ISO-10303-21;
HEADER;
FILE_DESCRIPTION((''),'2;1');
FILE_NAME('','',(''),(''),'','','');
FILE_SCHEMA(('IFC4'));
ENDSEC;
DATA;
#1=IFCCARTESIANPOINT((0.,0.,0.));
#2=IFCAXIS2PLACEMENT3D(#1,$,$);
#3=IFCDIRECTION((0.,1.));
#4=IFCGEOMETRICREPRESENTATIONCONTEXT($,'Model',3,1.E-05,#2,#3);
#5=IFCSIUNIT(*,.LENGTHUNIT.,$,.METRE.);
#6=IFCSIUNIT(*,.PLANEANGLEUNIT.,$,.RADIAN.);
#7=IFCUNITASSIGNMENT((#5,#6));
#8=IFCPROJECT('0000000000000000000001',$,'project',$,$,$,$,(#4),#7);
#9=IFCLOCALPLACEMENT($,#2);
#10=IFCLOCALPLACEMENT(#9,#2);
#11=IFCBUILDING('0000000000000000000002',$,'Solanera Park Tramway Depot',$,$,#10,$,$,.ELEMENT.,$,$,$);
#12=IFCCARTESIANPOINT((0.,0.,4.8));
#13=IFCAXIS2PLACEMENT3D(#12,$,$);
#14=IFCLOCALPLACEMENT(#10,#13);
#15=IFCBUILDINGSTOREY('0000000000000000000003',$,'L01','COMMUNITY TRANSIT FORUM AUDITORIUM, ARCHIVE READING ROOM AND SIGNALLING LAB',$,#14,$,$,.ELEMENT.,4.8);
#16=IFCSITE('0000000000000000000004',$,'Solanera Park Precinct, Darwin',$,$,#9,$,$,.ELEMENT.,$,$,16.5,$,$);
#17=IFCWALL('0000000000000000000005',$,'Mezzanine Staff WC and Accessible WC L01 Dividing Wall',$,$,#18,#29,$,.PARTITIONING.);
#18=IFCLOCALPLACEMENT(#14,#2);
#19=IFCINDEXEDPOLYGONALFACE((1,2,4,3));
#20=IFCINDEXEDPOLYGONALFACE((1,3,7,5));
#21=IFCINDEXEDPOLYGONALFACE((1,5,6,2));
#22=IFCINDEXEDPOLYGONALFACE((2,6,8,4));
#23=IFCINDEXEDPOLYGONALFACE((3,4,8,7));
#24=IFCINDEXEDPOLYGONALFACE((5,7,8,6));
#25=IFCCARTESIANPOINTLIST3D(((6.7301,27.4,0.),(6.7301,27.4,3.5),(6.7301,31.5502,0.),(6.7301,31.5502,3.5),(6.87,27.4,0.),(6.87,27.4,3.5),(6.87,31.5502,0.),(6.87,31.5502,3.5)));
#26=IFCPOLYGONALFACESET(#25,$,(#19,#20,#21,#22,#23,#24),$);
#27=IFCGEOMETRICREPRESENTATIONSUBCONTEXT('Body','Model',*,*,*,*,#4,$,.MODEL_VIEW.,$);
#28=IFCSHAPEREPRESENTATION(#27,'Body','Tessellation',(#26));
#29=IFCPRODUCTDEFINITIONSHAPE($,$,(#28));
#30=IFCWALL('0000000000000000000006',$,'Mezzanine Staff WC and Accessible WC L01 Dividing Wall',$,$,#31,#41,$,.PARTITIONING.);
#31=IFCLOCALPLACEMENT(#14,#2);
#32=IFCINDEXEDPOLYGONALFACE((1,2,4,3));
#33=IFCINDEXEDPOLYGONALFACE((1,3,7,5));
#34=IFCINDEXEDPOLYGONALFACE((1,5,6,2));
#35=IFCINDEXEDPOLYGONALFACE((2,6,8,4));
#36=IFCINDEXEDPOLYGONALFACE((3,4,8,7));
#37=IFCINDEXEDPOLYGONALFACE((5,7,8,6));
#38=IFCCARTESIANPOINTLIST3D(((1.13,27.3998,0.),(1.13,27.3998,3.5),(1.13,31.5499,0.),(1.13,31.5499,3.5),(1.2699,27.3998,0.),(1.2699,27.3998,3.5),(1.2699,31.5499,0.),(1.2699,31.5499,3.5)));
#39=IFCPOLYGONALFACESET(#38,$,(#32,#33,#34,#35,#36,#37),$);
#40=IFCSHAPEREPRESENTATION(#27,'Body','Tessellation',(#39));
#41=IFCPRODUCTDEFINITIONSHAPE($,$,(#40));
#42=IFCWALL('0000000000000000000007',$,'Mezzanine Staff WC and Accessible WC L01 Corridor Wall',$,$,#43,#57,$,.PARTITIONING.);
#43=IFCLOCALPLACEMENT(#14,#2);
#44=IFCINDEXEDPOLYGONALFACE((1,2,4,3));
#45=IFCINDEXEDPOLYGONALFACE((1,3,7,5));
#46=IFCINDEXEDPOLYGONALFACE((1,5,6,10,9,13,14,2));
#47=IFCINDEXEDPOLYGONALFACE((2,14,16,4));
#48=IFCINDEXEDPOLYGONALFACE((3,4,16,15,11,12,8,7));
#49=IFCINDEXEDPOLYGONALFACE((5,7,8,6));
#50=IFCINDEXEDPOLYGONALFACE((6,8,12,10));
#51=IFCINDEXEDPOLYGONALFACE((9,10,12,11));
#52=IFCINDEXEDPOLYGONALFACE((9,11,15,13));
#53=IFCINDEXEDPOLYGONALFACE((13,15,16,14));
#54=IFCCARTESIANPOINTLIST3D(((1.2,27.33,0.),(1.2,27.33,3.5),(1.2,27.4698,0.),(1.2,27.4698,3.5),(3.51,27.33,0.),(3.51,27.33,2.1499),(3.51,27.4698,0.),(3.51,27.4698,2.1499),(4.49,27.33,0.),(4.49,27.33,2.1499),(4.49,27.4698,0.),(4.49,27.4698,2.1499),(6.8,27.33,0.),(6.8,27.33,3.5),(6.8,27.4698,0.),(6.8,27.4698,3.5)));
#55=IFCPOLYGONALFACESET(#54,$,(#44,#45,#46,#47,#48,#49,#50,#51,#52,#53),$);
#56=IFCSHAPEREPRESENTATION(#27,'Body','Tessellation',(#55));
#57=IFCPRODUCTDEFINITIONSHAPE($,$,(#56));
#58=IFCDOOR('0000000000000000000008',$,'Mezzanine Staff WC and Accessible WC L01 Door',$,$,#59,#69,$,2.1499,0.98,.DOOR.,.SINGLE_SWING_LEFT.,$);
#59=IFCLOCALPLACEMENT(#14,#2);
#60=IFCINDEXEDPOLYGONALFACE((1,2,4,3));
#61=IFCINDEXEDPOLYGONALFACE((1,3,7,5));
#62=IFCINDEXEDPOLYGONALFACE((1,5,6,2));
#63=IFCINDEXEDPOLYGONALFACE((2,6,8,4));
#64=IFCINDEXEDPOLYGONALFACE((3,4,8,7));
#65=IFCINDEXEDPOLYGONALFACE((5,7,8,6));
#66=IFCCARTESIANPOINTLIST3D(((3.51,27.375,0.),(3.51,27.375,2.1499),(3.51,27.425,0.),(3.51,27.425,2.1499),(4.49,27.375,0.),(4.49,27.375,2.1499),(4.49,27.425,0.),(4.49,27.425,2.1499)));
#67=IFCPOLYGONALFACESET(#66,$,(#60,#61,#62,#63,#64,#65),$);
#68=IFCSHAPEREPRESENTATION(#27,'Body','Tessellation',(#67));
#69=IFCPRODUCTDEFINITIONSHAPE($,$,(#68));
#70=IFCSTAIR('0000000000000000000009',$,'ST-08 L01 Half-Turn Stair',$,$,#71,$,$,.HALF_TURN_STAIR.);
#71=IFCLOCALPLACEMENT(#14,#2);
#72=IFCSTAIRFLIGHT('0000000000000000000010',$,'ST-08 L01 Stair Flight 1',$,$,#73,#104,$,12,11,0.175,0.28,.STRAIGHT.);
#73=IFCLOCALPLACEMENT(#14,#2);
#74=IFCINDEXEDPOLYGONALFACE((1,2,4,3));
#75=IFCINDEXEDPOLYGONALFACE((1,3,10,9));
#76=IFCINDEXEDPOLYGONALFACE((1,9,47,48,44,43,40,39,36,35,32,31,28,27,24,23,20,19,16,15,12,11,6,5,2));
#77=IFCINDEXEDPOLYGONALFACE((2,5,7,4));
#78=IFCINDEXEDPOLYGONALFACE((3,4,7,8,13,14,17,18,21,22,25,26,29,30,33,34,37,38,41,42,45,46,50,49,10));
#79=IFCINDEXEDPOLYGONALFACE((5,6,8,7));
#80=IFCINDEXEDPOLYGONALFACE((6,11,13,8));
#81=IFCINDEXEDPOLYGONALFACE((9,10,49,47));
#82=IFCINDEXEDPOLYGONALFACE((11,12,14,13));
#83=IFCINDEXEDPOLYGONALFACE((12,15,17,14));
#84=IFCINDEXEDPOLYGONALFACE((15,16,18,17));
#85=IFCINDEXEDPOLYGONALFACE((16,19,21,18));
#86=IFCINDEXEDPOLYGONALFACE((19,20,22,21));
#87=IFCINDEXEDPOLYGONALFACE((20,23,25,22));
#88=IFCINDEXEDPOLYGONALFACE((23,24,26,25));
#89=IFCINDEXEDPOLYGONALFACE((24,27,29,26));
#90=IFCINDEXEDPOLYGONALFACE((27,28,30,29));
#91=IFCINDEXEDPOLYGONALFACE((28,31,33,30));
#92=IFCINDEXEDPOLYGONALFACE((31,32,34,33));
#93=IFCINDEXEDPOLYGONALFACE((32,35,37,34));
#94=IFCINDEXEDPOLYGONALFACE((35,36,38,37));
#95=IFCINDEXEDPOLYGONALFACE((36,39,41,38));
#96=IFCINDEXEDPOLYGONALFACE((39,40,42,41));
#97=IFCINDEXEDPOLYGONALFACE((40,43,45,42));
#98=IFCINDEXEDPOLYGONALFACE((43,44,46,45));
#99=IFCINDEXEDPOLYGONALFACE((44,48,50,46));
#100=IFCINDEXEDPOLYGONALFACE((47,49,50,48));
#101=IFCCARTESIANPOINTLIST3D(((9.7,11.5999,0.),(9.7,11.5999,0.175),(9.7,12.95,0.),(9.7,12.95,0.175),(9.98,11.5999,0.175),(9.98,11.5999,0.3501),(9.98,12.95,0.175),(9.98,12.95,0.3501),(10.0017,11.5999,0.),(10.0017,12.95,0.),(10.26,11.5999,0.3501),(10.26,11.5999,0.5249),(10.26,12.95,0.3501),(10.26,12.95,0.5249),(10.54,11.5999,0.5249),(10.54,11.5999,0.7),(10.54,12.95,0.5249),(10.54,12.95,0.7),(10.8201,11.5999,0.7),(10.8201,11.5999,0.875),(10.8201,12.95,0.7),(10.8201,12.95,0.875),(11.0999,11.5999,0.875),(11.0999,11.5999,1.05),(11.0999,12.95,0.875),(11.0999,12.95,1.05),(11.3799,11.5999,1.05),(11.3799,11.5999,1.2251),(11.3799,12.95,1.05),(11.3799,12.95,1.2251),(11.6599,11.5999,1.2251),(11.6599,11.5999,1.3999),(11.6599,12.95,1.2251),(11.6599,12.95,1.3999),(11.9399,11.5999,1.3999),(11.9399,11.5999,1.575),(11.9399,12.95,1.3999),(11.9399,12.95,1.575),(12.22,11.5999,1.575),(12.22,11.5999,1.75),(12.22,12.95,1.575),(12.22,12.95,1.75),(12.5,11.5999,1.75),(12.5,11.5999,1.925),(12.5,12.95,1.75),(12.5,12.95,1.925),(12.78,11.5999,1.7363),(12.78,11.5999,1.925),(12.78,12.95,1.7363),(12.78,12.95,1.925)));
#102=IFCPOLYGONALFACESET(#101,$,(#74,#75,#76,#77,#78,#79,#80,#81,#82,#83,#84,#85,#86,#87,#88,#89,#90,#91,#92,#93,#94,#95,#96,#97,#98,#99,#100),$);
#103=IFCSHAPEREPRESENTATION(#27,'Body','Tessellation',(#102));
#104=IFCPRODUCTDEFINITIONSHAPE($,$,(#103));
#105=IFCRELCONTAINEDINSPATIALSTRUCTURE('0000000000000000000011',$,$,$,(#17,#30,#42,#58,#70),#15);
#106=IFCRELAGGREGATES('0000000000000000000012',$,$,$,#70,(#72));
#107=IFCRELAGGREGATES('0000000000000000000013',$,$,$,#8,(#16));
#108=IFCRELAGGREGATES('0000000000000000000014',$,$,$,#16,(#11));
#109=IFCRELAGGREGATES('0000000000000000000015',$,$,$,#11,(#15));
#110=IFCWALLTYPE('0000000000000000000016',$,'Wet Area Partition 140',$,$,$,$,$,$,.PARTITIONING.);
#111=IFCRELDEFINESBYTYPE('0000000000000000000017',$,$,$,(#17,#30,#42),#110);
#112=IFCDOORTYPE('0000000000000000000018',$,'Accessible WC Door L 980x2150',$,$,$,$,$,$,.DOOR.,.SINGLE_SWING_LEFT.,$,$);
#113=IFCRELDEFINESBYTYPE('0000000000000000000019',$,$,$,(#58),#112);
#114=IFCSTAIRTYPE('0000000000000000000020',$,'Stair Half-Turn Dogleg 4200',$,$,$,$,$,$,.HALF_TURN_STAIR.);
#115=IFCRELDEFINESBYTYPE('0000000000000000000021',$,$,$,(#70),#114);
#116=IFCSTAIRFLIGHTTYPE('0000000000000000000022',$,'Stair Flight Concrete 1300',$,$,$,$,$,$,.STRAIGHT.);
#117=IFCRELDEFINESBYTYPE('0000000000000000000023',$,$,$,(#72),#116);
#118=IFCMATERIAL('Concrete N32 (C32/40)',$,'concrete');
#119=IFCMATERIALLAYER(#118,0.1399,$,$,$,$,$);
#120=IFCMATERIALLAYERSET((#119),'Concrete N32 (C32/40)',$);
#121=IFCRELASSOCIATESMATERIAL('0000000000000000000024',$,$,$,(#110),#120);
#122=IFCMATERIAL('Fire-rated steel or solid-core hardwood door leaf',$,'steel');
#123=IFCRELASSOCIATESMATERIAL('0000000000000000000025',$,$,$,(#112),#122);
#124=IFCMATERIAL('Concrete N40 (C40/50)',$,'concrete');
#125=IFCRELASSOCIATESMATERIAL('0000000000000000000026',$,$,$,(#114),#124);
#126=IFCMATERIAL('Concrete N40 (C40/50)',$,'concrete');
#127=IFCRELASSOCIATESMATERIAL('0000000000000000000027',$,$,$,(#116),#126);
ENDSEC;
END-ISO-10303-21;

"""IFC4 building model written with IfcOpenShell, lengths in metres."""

from ifc_helpers import new_model, si_unit, direction, frame, frame_2d, origin, place, context, subcontext, project, spatial, polyline, rectangle, outline, extrude, material, layer, layer_set, type_object, element, fill, aggregate, save


model = new_model("IFC4")

# Units and contexts
model_context = context("Model", 3, precision=1e-05, world=origin(), true_north=direction((0.0, 1.0)))
body_context = subcontext(model_context, "Body", "Model", "MODEL_VIEW")
ifc_project = project(units=[si_unit("LENGTHUNIT", "METRE"), si_unit("PLANEANGLEUNIT", "RADIAN")], contexts=[model_context])

# Site, building, storey
site_placement = place(None, origin())
site = spatial("IfcSite", under=ifc_project, at=site_placement, Name="Solanera Park Precinct, Darwin", CompositionType="ELEMENT", RefElevation=16.5)
building_placement = place(site_placement, origin())
building = spatial("IfcBuilding", under=site, at=building_placement, Name="Solanera Park Tramway Depot", CompositionType="ELEMENT")
storey_placement = place(building_placement, frame((0.0, 0.0, 4.8)))
storey = spatial("IfcBuildingStorey", under=building, at=storey_placement, Name="L01", Description="COMMUNITY TRANSIT FORUM AUDITORIUM, ARCHIVE READING ROOM AND SIGNALLING LAB", CompositionType="ELEMENT", Elevation=4.8)

# Walls
ifc_material_1 = material(Name="Concrete N32 (C32/40)", Category="concrete")
ifc_layer_1 = layer(ifc_material_1, 0.1399)
ifc_layer_set_1 = layer_set([ifc_layer_1], Name="Concrete N32 (C32/40)")
wall_type_1 = type_object("IfcWallType", Name="Wet Area Partition 140", PredefinedType="PARTITIONING", material=ifc_layer_set_1)
for number, where, z_axis, x_axis, name in (
    (1, (6.8, 27.3999, 0.0), (0.0, 0.0, 1.0), (0.0, 1.0, 0.0), "Mezzanine Staff WC and Accessible WC L01 Dividing Wall"),
    (2, (1.2, 31.55, 0.0), (0.0, 0.0, 1.0), (0.0, -1.0, 0.0), "Mezzanine Staff WC and Accessible WC L01 Dividing Wall"),
):
    element("IfcWall", number, at=place(storey_placement, frame(where, z_axis=z_axis, x_axis=x_axis)), inside=storey, type_object=wall_type_1, Name=name, PredefinedType="PARTITIONING", context=body_context, shape_type="SweptSolid", body=[
        extrude(rectangle(XDim=4.1501, YDim=0.1399, at=frame_2d((2.0752, 0.0))), origin(), (0.0, 0.0, 1.0), 3.5),
    ])

# Wall, opening, door
wall_1_placement = place(storey_placement, frame((6.8, 27.3999, 0.0), z_axis=(0.0, 0.0, 1.0), x_axis=(-1.0, 0.0, 0.0)))
wall_1 = element("IfcWall", 3, at=wall_1_placement, inside=storey, type_object=wall_type_1, Name="Mezzanine Staff WC and Accessible WC L01 Corridor Wall", PredefinedType="PARTITIONING", context=body_context, shape_type="SweptSolid", body=[
    extrude(rectangle(XDim=5.6001, YDim=0.1399, at=frame_2d((2.8, 0.0))), origin(), (0.0, 0.0, 1.0), 3.5),
])
opening_1_placement = place(wall_1_placement, frame((2.3101, 0.0, 0.0)))
opening_1 = element("IfcOpeningElement", 4, at=opening_1_placement, cuts=wall_1, PredefinedType="OPENING", context=body_context, shape_type="SweptSolid", body=[
    extrude(rectangle(XDim=0.98, YDim=2.1499, at=frame_2d((0.49, 1.075))), frame((0.0, 0.0801, 0.0), z_axis=(0.0, -1.0, 0.0), x_axis=(1.0, 0.0, 0.0)), (0.0, 0.0, 1.0), 0.1599),
])
ifc_material_2 = material(Name="Fire-rated steel or solid-core hardwood door leaf", Category="steel")
door_type_1 = type_object("IfcDoorType", Name="Accessible WC Door L 980x2150", OperationType="SINGLE_SWING_LEFT", PredefinedType="DOOR", material=ifc_material_2)
door_1_placement = place(opening_1_placement, origin())
door_1 = element("IfcDoor", 5, at=door_1_placement, inside=storey, type_object=door_type_1, Name="Mezzanine Staff WC and Accessible WC L01 Door", OperationType="SINGLE_SWING_LEFT", OverallHeight=2.1499, OverallWidth=0.98, PredefinedType="DOOR", context=body_context, shape_type="SweptSolid", body=[
    extrude(rectangle(XDim=0.98, YDim=2.1499, at=frame_2d((0.49, 1.075))), frame((0.0, 0.0249, 0.0), z_axis=(0.0, -1.0, 0.0), x_axis=(1.0, 0.0, 0.0)), (0.0, 0.0, 1.0), 0.05),
])
fill(opening_1, door_1)

# Stair, stair flight
ifc_material_3 = material(Name="Concrete N40 (C40/50)", Category="concrete")
stair_type = type_object("IfcStairType", Name="Stair Half-Turn Dogleg 4200", PredefinedType="HALF_TURN_STAIR", material=ifc_material_3)
stair_placement = place(storey_placement, origin())
stair = element("IfcStair", 6, at=stair_placement, inside=storey, type_object=stair_type, Name="ST-08 L01 Half-Turn Stair", PredefinedType="HALF_TURN_STAIR")
ifc_material_4 = material(Name="Concrete N40 (C40/50)", Category="concrete")
stair_flight_type = type_object("IfcStairFlightType", Name="Stair Flight Concrete 1300", PredefinedType="STRAIGHT", material=ifc_material_4)
stair_flight_placement = place(storey_placement, frame((9.7, 12.2749, 0.0), z_axis=(0.0, 0.0, 1.0), x_axis=(1.0, 0.0, 0.0)))
stair_flight = element("IfcStairFlight", 7, at=stair_flight_placement, type_object=stair_flight_type, Name="ST-08 L01 Stair Flight 1", NumberOfRisers=12, NumberOfTreads=11, PredefinedType="STRAIGHT", RiserHeight=0.175, TreadLength=0.28, context=body_context, shape_type="SweptSolid", body=[
    extrude(outline(polyline([(0.0, 0.0), (0.0, 0.175), (0.28, 0.175), (0.28, 0.3501), (0.5601, 0.3501), (0.5601, 0.5249), (0.8401, 0.5249), (0.8401, 0.7), (1.1201, 0.7), (1.1201, 0.875), (1.3999, 0.875), (1.3999, 1.05), (1.6799, 1.05), (1.6799, 1.2251), (1.96, 1.2251), (1.96, 1.3999), (2.24, 1.3999), (2.24, 1.575), (2.52, 1.575), (2.52, 1.75), (2.8, 1.75), (2.8, 1.925), (3.0801, 1.925), (3.0801, 2.1001), (3.0801, 1.7363), (0.3018, 0.0), (0.0, 0.0)])), frame((0.0, 0.675, 0.0), z_axis=(0.0, -1.0, 0.0), x_axis=(1.0, 0.0, 0.0)), (0.0, 0.0, 1.0), 1.3501),
])
aggregate(stair, [stair_flight])

save(model, "model.ifc")
